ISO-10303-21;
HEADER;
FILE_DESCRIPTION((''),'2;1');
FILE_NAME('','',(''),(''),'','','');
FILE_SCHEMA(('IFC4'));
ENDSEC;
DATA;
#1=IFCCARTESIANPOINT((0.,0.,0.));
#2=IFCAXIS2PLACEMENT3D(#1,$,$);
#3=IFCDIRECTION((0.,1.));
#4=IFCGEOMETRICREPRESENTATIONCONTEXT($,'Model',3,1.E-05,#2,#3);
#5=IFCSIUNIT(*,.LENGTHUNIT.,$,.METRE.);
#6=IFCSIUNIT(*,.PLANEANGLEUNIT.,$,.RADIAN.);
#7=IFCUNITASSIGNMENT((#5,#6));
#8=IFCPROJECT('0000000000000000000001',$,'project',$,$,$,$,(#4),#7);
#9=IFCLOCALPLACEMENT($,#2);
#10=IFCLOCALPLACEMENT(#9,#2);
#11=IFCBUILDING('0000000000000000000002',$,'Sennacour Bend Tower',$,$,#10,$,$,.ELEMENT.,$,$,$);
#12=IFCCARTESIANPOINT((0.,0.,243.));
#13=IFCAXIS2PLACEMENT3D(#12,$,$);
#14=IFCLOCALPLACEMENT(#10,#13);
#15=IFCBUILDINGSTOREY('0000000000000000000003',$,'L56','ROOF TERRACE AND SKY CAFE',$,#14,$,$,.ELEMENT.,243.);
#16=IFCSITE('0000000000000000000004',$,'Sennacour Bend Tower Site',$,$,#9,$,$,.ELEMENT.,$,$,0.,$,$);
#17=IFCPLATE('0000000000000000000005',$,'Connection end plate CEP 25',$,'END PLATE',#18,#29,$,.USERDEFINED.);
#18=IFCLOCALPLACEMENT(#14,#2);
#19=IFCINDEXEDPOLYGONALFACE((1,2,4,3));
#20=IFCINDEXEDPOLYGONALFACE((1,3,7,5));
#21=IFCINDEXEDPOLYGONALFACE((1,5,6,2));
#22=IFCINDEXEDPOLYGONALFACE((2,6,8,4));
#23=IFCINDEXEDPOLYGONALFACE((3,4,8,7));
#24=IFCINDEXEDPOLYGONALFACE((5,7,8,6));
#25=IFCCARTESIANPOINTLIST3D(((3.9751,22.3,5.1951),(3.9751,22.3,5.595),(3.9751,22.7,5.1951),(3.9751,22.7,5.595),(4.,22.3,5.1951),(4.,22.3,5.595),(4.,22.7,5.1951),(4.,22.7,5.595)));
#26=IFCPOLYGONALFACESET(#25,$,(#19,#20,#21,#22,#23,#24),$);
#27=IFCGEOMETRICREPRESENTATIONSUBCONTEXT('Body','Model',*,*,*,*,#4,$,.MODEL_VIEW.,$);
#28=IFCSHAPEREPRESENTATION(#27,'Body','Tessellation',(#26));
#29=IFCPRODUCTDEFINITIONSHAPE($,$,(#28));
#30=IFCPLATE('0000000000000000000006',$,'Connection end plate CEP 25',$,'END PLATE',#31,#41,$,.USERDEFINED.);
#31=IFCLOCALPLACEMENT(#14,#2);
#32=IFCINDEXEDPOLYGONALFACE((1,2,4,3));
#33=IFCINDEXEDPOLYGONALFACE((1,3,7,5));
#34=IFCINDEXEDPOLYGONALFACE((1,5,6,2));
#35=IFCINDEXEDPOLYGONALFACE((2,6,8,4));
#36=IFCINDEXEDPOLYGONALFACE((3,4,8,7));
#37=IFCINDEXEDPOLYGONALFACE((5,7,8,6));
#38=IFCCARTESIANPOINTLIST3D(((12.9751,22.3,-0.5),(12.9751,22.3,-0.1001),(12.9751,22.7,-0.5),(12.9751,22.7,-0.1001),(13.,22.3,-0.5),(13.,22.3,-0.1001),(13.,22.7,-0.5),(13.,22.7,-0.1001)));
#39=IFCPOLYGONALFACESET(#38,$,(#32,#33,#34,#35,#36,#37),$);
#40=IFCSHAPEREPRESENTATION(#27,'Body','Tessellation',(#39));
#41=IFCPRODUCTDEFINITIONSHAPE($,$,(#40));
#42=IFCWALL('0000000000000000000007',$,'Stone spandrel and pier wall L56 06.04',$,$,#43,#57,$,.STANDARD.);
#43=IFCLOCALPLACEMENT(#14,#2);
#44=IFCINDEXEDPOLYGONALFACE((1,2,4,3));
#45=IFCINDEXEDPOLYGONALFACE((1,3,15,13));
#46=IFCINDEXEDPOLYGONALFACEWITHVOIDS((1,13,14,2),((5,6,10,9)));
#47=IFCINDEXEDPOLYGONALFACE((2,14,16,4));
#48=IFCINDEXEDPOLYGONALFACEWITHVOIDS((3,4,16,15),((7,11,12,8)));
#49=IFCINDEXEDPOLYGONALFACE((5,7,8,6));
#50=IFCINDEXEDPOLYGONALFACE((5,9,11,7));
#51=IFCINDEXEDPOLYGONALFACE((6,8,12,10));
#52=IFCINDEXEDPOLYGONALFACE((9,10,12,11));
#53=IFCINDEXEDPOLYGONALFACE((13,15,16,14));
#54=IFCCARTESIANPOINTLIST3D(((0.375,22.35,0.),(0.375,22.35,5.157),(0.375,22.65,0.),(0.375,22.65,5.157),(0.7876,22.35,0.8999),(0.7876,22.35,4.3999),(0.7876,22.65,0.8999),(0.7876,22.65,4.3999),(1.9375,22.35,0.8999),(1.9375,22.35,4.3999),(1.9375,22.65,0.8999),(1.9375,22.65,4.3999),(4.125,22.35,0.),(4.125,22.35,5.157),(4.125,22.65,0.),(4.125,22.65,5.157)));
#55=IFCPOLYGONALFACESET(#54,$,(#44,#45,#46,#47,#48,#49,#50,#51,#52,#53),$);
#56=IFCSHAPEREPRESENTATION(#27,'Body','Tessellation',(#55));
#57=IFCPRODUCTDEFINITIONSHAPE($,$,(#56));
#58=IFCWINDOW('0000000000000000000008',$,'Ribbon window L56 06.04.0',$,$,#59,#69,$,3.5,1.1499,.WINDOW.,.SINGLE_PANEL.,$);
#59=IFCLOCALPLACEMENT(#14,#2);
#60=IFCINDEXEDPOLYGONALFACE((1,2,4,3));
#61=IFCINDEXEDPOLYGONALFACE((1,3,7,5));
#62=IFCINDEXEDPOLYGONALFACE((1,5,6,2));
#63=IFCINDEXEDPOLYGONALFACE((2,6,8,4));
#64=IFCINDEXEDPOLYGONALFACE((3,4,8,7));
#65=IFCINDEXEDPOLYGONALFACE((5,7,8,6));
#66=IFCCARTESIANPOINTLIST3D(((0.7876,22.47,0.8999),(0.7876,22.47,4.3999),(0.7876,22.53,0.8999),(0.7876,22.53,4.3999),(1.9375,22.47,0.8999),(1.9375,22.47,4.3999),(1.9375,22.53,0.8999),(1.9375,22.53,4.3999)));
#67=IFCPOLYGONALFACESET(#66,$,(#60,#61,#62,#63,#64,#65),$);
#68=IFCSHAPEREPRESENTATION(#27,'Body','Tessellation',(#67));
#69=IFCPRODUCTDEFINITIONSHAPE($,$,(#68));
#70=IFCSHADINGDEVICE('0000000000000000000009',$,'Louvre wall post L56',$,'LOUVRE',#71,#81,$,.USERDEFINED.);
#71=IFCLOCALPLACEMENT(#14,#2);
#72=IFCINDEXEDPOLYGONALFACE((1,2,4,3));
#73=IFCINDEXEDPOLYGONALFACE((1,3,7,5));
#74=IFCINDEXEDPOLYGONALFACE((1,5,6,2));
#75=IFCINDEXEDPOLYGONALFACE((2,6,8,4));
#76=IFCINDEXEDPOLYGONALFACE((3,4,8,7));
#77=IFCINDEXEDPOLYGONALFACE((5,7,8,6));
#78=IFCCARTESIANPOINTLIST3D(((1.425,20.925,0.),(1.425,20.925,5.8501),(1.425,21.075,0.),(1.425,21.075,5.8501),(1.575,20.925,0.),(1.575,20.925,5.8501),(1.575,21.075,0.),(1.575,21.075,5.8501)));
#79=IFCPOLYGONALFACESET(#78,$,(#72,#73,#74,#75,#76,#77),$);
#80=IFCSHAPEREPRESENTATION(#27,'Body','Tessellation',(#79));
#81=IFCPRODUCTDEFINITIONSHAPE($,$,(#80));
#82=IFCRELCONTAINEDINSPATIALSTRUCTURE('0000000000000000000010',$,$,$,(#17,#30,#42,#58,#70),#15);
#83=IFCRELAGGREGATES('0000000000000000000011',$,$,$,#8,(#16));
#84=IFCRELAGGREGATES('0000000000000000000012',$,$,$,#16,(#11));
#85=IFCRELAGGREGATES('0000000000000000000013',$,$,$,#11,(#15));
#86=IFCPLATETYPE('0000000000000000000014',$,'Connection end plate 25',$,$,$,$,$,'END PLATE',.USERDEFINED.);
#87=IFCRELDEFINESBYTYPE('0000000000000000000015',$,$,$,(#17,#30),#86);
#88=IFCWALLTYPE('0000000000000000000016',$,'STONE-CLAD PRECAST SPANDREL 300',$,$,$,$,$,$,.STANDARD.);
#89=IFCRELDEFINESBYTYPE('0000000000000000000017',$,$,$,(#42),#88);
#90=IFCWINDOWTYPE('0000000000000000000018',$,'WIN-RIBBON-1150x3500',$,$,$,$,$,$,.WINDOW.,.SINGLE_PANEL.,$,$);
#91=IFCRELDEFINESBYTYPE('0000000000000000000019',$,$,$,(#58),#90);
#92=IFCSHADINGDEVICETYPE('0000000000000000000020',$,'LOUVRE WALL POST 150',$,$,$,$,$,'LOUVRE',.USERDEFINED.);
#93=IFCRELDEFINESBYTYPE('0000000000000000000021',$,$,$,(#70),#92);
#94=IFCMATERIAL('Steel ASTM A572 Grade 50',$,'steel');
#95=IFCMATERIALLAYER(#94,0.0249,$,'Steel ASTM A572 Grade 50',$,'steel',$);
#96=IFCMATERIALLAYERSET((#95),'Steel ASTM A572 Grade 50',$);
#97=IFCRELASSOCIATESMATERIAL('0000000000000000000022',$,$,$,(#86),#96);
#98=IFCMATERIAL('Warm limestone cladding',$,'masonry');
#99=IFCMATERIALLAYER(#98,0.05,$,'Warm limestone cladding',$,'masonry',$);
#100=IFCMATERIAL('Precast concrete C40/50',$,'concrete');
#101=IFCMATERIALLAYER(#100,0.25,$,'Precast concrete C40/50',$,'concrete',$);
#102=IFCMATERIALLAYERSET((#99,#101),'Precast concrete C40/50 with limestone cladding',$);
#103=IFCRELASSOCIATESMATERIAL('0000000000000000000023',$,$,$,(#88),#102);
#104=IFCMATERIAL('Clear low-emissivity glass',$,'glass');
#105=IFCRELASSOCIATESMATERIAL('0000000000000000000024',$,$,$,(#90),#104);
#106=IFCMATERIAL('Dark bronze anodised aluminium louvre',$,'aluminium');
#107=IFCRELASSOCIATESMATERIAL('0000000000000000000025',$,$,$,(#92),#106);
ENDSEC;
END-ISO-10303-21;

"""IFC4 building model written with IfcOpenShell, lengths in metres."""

from ifc_helpers import new_model, si_unit, direction, frame, frame_2d, origin, origin_2d, place, context, subcontext, project, spatial, rectangle, extrude, material, layer, layer_set, type_object, element, fill, save


model = new_model("IFC4")

# Units and contexts
model_context = context("Model", 3, precision=1e-05, world=origin(), true_north=direction((0.0, 1.0)))
body_context = subcontext(model_context, "Body", "Model", "MODEL_VIEW")
ifc_project = project(units=[si_unit("LENGTHUNIT", "METRE"), si_unit("PLANEANGLEUNIT", "RADIAN")], contexts=[model_context])

# Site, building, storey
site_placement = place(None, origin())
site = spatial("IfcSite", under=ifc_project, at=site_placement, Name="Sennacour Bend Tower Site", CompositionType="ELEMENT", RefElevation=0.0)
building_placement = place(site_placement, origin())
building = spatial("IfcBuilding", under=site, at=building_placement, Name="Sennacour Bend Tower", CompositionType="ELEMENT")
storey_placement = place(building_placement, frame((0.0, 0.0, 243.0)))
storey = spatial("IfcBuildingStorey", under=building, at=storey_placement, Name="L56", Description="ROOF TERRACE AND SKY CAFE", CompositionType="ELEMENT", Elevation=243.0)

# Shared definitions
ifc_material_1 = material(Name="Steel ASTM A572 Grade 50", Category="steel")

# Plates
ifc_layer_1 = layer(ifc_material_1, 0.0249, Name="Steel ASTM A572 Grade 50", Category="steel")
ifc_layer_set_1 = layer_set([ifc_layer_1], Name="Steel ASTM A572 Grade 50")
plate_type = type_object("IfcPlateType", Name="Connection end plate 25", ElementType="END PLATE", PredefinedType="USERDEFINED", material=ifc_layer_set_1)
for number, where, z_axis, x_axis, name in (
    (1, (3.9875, 22.5, 5.1951), (0.0, 0.0, 1.0), (1.0, 0.0, 0.0), "Connection end plate CEP 25"),
    (2, (12.9875, 22.5, -0.5), (0.0, 0.0, 1.0), (1.0, 0.0, 0.0), "Connection end plate CEP 25"),
):
    element("IfcPlate", number, at=place(storey_placement, frame(where, z_axis=z_axis, x_axis=x_axis)), inside=storey, type_object=plate_type, Name=name, ObjectType="END PLATE", PredefinedType="USERDEFINED", context=body_context, shape_type="SweptSolid", body=[
        extrude(rectangle(XDim=0.0249, YDim=0.3999, at=origin_2d()), origin(), (0.0, 0.0, 1.0), 0.3999),
    ])

# Shared definitions
ifc_material_2 = material(Name="Warm limestone cladding", Category="masonry")
ifc_layer_2 = layer(ifc_material_2, 0.05, Name="Warm limestone cladding", Category="masonry")
ifc_material_3 = material(Name="Precast concrete C40/50", Category="concrete")
ifc_layer_3 = layer(ifc_material_3, 0.25, Name="Precast concrete C40/50", Category="concrete")
ifc_layer_set_2 = layer_set([ifc_layer_2, ifc_layer_3], Name="Precast concrete C40/50 with limestone cladding")
wall_type = type_object("IfcWallType", Name="STONE-CLAD PRECAST SPANDREL 300", PredefinedType="STANDARD", material=ifc_layer_set_2)

# Wall, opening, window
wall_1_placement = place(storey_placement, frame((4.125, 22.5, 0.0), z_axis=(0.0, 0.0, 1.0), x_axis=(-1.0, 0.0, 0.0)))
wall_1 = element("IfcWall", 3, at=wall_1_placement, inside=storey, type_object=wall_type, Name="Stone spandrel and pier wall L56 06.04", PredefinedType="STANDARD", context=body_context, shape_type="SweptSolid", body=[
    extrude(rectangle(XDim=3.75, YDim=0.3, at=frame_2d((1.875, 0.0))), origin(), (0.0, 0.0, 1.0), 5.157),
])
opening_1_placement = place(wall_1_placement, frame((2.1875, 0.0, 0.8999)))
opening_1 = element("IfcOpeningElement", 4, at=opening_1_placement, cuts=wall_1, PredefinedType="OPENING", context=body_context, shape_type="SweptSolid", body=[
    extrude(rectangle(XDim=1.1499, YDim=3.5, at=frame_2d((0.575, 1.75))), frame((0.0, 0.1602, 0.0), z_axis=(0.0, -1.0, 0.0), x_axis=(1.0, 0.0, 0.0)), (0.0, 0.0, 1.0), 0.3201),
])
ifc_material_4 = material(Name="Clear low-emissivity glass", Category="glass")
window_type = type_object("IfcWindowType", Name="WIN-RIBBON-1150x3500", PartitioningType="SINGLE_PANEL", PredefinedType="WINDOW", material=ifc_material_4)
window_placement = place(opening_1_placement, origin())
window = element("IfcWindow", 5, at=window_placement, inside=storey, type_object=window_type, Name="Ribbon window L56 06.04.0", OverallHeight=3.5, OverallWidth=1.1499, PartitioningType="SINGLE_PANEL", PredefinedType="WINDOW", context=body_context, shape_type="SweptSolid", body=[
    extrude(rectangle(XDim=1.1499, YDim=3.5, at=frame_2d((0.575, 1.75))), frame((0.0, 0.03, 0.0), z_axis=(0.0, -1.0, 0.0), x_axis=(1.0, 0.0, 0.0)), (0.0, 0.0, 1.0), 0.0601),
])
fill(opening_1, window)

# Shading device
ifc_material_5 = material(Name="Dark bronze anodised aluminium louvre", Category="aluminium")
shading_device_type = type_object("IfcShadingDeviceType", Name="LOUVRE WALL POST 150", ElementType="LOUVRE", PredefinedType="USERDEFINED", material=ifc_material_5)
shading_device_placement = place(storey_placement, frame((1.5, 21.0, 0.0), z_axis=(0.0, 0.0, 1.0), x_axis=(1.0, 0.0, 0.0)))
element("IfcShadingDevice", 6, at=shading_device_placement, inside=storey, type_object=shading_device_type, Name="Louvre wall post L56", ObjectType="LOUVRE", PredefinedType="USERDEFINED", context=body_context, shape_type="SweptSolid", body=[
    extrude(rectangle(XDim=0.1499, YDim=0.1499, at=origin_2d()), origin(), (0.0, 0.0, 1.0), 5.8501),
])

save(model, "model.ifc")
